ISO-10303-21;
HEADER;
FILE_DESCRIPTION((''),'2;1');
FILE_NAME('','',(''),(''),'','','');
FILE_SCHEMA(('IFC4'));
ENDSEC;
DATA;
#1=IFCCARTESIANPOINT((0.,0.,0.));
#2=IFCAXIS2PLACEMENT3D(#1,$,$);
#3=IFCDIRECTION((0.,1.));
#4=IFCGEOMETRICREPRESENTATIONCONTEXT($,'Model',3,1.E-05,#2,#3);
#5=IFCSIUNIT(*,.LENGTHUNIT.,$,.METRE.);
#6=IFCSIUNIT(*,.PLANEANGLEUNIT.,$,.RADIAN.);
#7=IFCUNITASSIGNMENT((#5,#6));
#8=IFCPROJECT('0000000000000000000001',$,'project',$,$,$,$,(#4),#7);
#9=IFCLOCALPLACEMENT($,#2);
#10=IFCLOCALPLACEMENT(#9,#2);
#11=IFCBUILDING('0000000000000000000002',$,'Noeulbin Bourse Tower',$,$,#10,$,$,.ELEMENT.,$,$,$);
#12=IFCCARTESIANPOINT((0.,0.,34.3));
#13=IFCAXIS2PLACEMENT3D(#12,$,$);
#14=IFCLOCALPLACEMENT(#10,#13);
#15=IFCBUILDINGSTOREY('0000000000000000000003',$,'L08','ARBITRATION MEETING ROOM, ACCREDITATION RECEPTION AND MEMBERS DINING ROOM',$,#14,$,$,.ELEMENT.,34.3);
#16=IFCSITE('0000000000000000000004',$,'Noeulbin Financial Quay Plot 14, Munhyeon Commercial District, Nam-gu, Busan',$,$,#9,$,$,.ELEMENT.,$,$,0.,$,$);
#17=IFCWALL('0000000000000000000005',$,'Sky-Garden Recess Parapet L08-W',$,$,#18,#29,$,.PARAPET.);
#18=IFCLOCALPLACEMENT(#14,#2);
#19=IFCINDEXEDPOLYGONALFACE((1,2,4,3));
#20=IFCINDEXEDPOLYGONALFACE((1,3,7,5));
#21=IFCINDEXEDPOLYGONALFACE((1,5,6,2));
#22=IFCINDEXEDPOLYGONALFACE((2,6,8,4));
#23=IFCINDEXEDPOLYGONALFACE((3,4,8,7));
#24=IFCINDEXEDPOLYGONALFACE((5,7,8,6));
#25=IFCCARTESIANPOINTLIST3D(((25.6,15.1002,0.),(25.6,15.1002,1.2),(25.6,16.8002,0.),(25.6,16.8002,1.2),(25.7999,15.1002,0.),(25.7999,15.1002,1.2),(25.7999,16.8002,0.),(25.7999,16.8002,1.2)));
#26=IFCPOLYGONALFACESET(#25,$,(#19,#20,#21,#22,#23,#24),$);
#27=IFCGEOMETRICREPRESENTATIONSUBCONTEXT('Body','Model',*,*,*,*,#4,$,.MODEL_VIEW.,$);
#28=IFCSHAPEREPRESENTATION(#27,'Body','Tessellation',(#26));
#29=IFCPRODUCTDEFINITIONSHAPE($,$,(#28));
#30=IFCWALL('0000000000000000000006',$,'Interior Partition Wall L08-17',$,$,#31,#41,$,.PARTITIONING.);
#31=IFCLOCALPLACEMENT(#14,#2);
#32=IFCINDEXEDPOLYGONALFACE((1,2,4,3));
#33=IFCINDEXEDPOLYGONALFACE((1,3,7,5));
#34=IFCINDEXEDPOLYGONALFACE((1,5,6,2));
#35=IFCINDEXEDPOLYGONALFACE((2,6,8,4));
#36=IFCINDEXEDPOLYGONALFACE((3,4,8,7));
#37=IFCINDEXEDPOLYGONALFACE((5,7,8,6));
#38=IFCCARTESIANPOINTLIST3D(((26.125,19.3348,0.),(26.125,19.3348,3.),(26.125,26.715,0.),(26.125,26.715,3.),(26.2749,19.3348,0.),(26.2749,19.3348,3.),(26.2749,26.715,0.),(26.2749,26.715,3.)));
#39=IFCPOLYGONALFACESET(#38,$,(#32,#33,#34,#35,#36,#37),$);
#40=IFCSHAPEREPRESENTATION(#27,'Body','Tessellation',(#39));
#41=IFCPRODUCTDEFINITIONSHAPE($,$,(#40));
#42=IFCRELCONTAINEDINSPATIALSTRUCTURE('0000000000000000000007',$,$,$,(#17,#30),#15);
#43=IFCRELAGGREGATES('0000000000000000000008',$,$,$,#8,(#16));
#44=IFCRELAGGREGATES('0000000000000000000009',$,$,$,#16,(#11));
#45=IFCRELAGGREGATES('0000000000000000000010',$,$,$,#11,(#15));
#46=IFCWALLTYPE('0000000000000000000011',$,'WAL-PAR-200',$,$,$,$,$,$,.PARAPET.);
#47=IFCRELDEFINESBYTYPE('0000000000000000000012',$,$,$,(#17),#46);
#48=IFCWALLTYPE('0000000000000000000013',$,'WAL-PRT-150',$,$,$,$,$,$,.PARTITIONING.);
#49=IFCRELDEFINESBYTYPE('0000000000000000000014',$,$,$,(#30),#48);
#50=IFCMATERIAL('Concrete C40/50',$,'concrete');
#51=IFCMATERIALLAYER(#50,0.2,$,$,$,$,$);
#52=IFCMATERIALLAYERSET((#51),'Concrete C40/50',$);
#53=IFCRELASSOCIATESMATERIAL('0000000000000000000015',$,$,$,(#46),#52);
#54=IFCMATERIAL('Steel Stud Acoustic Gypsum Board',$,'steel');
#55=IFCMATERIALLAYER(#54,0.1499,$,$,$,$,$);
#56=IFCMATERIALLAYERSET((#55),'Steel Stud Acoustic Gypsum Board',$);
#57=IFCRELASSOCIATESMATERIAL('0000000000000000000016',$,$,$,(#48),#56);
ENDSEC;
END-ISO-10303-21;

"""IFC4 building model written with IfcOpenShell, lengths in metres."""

from ifc_helpers import new_model, si_unit, direction, frame, frame_2d, origin, place, context, subcontext, project, spatial, rectangle, extrude, material, layer, layer_set, type_object, element, save


model = new_model("IFC4")

# Units and contexts
model_context = context("Model", 3, precision=1e-05, world=origin(), true_north=direction((0.0, 1.0)))
body_context = subcontext(model_context, "Body", "Model", "MODEL_VIEW")
ifc_project = project(units=[si_unit("LENGTHUNIT", "METRE"), si_unit("PLANEANGLEUNIT", "RADIAN")], contexts=[model_context])

# Site, building, storey
site_placement = place(None, origin())
site = spatial("IfcSite", under=ifc_project, at=site_placement, Name="Noeulbin Financial Quay Plot 14, Munhyeon Commercial District, Nam-gu, Busan", CompositionType="ELEMENT", RefElevation=0.0)
building_placement = place(site_placement, origin())
building = spatial("IfcBuilding", under=site, at=building_placement, Name="Noeulbin Bourse Tower", CompositionType="ELEMENT")
storey_placement = place(building_placement, frame((0.0, 0.0, 34.3)))
storey = spatial("IfcBuildingStorey", under=building, at=storey_placement, Name="L08", Description="ARBITRATION MEETING ROOM, ACCREDITATION RECEPTION AND MEMBERS DINING ROOM", CompositionType="ELEMENT", Elevation=34.3)

# Walls
ifc_material_1 = material(Name="Concrete C40/50", Category="concrete")
ifc_layer_1 = layer(ifc_material_1, 0.2)
ifc_layer_set_1 = layer_set([ifc_layer_1], Name="Concrete C40/50")
wall_type_1 = type_object("IfcWallType", Name="WAL-PAR-200", PredefinedType="PARAPET", material=ifc_layer_set_1)
wall_1_placement = place(storey_placement, frame((25.7, 15.1001, 0.0), z_axis=(0.0, 0.0, 1.0), x_axis=(0.0, 1.0, 0.0)))
element("IfcWall", 1, at=wall_1_placement, inside=storey, type_object=wall_type_1, Name="Sky-Garden Recess Parapet L08-W", PredefinedType="PARAPET", context=body_context, shape_type="SweptSolid", body=[
    extrude(rectangle(XDim=1.7, YDim=0.2, at=frame_2d((0.8501, 0.0))), origin(), (0.0, 0.0, 1.0), 1.2),
])
ifc_material_2 = material(Name="Steel Stud Acoustic Gypsum Board", Category="steel")
ifc_layer_2 = layer(ifc_material_2, 0.1499)
ifc_layer_set_2 = layer_set([ifc_layer_2], Name="Steel Stud Acoustic Gypsum Board")
wall_type_2 = type_object("IfcWallType", Name="WAL-PRT-150", PredefinedType="PARTITIONING", material=ifc_layer_set_2)
wall_2_placement = place(storey_placement, frame((26.2, 19.335, 0.0), z_axis=(0.0, 0.0, 1.0), x_axis=(0.0, 1.0, 0.0)))
element("IfcWall", 2, at=wall_2_placement, inside=storey, type_object=wall_type_2, Name="Interior Partition Wall L08-17", PredefinedType="PARTITIONING", context=body_context, shape_type="SweptSolid", body=[
    extrude(rectangle(XDim=7.3801, YDim=0.1499, at=frame_2d((3.6899, 0.0))), origin(), (0.0, 0.0, 1.0), 3.0),
])

save(model, "model.ifc")
